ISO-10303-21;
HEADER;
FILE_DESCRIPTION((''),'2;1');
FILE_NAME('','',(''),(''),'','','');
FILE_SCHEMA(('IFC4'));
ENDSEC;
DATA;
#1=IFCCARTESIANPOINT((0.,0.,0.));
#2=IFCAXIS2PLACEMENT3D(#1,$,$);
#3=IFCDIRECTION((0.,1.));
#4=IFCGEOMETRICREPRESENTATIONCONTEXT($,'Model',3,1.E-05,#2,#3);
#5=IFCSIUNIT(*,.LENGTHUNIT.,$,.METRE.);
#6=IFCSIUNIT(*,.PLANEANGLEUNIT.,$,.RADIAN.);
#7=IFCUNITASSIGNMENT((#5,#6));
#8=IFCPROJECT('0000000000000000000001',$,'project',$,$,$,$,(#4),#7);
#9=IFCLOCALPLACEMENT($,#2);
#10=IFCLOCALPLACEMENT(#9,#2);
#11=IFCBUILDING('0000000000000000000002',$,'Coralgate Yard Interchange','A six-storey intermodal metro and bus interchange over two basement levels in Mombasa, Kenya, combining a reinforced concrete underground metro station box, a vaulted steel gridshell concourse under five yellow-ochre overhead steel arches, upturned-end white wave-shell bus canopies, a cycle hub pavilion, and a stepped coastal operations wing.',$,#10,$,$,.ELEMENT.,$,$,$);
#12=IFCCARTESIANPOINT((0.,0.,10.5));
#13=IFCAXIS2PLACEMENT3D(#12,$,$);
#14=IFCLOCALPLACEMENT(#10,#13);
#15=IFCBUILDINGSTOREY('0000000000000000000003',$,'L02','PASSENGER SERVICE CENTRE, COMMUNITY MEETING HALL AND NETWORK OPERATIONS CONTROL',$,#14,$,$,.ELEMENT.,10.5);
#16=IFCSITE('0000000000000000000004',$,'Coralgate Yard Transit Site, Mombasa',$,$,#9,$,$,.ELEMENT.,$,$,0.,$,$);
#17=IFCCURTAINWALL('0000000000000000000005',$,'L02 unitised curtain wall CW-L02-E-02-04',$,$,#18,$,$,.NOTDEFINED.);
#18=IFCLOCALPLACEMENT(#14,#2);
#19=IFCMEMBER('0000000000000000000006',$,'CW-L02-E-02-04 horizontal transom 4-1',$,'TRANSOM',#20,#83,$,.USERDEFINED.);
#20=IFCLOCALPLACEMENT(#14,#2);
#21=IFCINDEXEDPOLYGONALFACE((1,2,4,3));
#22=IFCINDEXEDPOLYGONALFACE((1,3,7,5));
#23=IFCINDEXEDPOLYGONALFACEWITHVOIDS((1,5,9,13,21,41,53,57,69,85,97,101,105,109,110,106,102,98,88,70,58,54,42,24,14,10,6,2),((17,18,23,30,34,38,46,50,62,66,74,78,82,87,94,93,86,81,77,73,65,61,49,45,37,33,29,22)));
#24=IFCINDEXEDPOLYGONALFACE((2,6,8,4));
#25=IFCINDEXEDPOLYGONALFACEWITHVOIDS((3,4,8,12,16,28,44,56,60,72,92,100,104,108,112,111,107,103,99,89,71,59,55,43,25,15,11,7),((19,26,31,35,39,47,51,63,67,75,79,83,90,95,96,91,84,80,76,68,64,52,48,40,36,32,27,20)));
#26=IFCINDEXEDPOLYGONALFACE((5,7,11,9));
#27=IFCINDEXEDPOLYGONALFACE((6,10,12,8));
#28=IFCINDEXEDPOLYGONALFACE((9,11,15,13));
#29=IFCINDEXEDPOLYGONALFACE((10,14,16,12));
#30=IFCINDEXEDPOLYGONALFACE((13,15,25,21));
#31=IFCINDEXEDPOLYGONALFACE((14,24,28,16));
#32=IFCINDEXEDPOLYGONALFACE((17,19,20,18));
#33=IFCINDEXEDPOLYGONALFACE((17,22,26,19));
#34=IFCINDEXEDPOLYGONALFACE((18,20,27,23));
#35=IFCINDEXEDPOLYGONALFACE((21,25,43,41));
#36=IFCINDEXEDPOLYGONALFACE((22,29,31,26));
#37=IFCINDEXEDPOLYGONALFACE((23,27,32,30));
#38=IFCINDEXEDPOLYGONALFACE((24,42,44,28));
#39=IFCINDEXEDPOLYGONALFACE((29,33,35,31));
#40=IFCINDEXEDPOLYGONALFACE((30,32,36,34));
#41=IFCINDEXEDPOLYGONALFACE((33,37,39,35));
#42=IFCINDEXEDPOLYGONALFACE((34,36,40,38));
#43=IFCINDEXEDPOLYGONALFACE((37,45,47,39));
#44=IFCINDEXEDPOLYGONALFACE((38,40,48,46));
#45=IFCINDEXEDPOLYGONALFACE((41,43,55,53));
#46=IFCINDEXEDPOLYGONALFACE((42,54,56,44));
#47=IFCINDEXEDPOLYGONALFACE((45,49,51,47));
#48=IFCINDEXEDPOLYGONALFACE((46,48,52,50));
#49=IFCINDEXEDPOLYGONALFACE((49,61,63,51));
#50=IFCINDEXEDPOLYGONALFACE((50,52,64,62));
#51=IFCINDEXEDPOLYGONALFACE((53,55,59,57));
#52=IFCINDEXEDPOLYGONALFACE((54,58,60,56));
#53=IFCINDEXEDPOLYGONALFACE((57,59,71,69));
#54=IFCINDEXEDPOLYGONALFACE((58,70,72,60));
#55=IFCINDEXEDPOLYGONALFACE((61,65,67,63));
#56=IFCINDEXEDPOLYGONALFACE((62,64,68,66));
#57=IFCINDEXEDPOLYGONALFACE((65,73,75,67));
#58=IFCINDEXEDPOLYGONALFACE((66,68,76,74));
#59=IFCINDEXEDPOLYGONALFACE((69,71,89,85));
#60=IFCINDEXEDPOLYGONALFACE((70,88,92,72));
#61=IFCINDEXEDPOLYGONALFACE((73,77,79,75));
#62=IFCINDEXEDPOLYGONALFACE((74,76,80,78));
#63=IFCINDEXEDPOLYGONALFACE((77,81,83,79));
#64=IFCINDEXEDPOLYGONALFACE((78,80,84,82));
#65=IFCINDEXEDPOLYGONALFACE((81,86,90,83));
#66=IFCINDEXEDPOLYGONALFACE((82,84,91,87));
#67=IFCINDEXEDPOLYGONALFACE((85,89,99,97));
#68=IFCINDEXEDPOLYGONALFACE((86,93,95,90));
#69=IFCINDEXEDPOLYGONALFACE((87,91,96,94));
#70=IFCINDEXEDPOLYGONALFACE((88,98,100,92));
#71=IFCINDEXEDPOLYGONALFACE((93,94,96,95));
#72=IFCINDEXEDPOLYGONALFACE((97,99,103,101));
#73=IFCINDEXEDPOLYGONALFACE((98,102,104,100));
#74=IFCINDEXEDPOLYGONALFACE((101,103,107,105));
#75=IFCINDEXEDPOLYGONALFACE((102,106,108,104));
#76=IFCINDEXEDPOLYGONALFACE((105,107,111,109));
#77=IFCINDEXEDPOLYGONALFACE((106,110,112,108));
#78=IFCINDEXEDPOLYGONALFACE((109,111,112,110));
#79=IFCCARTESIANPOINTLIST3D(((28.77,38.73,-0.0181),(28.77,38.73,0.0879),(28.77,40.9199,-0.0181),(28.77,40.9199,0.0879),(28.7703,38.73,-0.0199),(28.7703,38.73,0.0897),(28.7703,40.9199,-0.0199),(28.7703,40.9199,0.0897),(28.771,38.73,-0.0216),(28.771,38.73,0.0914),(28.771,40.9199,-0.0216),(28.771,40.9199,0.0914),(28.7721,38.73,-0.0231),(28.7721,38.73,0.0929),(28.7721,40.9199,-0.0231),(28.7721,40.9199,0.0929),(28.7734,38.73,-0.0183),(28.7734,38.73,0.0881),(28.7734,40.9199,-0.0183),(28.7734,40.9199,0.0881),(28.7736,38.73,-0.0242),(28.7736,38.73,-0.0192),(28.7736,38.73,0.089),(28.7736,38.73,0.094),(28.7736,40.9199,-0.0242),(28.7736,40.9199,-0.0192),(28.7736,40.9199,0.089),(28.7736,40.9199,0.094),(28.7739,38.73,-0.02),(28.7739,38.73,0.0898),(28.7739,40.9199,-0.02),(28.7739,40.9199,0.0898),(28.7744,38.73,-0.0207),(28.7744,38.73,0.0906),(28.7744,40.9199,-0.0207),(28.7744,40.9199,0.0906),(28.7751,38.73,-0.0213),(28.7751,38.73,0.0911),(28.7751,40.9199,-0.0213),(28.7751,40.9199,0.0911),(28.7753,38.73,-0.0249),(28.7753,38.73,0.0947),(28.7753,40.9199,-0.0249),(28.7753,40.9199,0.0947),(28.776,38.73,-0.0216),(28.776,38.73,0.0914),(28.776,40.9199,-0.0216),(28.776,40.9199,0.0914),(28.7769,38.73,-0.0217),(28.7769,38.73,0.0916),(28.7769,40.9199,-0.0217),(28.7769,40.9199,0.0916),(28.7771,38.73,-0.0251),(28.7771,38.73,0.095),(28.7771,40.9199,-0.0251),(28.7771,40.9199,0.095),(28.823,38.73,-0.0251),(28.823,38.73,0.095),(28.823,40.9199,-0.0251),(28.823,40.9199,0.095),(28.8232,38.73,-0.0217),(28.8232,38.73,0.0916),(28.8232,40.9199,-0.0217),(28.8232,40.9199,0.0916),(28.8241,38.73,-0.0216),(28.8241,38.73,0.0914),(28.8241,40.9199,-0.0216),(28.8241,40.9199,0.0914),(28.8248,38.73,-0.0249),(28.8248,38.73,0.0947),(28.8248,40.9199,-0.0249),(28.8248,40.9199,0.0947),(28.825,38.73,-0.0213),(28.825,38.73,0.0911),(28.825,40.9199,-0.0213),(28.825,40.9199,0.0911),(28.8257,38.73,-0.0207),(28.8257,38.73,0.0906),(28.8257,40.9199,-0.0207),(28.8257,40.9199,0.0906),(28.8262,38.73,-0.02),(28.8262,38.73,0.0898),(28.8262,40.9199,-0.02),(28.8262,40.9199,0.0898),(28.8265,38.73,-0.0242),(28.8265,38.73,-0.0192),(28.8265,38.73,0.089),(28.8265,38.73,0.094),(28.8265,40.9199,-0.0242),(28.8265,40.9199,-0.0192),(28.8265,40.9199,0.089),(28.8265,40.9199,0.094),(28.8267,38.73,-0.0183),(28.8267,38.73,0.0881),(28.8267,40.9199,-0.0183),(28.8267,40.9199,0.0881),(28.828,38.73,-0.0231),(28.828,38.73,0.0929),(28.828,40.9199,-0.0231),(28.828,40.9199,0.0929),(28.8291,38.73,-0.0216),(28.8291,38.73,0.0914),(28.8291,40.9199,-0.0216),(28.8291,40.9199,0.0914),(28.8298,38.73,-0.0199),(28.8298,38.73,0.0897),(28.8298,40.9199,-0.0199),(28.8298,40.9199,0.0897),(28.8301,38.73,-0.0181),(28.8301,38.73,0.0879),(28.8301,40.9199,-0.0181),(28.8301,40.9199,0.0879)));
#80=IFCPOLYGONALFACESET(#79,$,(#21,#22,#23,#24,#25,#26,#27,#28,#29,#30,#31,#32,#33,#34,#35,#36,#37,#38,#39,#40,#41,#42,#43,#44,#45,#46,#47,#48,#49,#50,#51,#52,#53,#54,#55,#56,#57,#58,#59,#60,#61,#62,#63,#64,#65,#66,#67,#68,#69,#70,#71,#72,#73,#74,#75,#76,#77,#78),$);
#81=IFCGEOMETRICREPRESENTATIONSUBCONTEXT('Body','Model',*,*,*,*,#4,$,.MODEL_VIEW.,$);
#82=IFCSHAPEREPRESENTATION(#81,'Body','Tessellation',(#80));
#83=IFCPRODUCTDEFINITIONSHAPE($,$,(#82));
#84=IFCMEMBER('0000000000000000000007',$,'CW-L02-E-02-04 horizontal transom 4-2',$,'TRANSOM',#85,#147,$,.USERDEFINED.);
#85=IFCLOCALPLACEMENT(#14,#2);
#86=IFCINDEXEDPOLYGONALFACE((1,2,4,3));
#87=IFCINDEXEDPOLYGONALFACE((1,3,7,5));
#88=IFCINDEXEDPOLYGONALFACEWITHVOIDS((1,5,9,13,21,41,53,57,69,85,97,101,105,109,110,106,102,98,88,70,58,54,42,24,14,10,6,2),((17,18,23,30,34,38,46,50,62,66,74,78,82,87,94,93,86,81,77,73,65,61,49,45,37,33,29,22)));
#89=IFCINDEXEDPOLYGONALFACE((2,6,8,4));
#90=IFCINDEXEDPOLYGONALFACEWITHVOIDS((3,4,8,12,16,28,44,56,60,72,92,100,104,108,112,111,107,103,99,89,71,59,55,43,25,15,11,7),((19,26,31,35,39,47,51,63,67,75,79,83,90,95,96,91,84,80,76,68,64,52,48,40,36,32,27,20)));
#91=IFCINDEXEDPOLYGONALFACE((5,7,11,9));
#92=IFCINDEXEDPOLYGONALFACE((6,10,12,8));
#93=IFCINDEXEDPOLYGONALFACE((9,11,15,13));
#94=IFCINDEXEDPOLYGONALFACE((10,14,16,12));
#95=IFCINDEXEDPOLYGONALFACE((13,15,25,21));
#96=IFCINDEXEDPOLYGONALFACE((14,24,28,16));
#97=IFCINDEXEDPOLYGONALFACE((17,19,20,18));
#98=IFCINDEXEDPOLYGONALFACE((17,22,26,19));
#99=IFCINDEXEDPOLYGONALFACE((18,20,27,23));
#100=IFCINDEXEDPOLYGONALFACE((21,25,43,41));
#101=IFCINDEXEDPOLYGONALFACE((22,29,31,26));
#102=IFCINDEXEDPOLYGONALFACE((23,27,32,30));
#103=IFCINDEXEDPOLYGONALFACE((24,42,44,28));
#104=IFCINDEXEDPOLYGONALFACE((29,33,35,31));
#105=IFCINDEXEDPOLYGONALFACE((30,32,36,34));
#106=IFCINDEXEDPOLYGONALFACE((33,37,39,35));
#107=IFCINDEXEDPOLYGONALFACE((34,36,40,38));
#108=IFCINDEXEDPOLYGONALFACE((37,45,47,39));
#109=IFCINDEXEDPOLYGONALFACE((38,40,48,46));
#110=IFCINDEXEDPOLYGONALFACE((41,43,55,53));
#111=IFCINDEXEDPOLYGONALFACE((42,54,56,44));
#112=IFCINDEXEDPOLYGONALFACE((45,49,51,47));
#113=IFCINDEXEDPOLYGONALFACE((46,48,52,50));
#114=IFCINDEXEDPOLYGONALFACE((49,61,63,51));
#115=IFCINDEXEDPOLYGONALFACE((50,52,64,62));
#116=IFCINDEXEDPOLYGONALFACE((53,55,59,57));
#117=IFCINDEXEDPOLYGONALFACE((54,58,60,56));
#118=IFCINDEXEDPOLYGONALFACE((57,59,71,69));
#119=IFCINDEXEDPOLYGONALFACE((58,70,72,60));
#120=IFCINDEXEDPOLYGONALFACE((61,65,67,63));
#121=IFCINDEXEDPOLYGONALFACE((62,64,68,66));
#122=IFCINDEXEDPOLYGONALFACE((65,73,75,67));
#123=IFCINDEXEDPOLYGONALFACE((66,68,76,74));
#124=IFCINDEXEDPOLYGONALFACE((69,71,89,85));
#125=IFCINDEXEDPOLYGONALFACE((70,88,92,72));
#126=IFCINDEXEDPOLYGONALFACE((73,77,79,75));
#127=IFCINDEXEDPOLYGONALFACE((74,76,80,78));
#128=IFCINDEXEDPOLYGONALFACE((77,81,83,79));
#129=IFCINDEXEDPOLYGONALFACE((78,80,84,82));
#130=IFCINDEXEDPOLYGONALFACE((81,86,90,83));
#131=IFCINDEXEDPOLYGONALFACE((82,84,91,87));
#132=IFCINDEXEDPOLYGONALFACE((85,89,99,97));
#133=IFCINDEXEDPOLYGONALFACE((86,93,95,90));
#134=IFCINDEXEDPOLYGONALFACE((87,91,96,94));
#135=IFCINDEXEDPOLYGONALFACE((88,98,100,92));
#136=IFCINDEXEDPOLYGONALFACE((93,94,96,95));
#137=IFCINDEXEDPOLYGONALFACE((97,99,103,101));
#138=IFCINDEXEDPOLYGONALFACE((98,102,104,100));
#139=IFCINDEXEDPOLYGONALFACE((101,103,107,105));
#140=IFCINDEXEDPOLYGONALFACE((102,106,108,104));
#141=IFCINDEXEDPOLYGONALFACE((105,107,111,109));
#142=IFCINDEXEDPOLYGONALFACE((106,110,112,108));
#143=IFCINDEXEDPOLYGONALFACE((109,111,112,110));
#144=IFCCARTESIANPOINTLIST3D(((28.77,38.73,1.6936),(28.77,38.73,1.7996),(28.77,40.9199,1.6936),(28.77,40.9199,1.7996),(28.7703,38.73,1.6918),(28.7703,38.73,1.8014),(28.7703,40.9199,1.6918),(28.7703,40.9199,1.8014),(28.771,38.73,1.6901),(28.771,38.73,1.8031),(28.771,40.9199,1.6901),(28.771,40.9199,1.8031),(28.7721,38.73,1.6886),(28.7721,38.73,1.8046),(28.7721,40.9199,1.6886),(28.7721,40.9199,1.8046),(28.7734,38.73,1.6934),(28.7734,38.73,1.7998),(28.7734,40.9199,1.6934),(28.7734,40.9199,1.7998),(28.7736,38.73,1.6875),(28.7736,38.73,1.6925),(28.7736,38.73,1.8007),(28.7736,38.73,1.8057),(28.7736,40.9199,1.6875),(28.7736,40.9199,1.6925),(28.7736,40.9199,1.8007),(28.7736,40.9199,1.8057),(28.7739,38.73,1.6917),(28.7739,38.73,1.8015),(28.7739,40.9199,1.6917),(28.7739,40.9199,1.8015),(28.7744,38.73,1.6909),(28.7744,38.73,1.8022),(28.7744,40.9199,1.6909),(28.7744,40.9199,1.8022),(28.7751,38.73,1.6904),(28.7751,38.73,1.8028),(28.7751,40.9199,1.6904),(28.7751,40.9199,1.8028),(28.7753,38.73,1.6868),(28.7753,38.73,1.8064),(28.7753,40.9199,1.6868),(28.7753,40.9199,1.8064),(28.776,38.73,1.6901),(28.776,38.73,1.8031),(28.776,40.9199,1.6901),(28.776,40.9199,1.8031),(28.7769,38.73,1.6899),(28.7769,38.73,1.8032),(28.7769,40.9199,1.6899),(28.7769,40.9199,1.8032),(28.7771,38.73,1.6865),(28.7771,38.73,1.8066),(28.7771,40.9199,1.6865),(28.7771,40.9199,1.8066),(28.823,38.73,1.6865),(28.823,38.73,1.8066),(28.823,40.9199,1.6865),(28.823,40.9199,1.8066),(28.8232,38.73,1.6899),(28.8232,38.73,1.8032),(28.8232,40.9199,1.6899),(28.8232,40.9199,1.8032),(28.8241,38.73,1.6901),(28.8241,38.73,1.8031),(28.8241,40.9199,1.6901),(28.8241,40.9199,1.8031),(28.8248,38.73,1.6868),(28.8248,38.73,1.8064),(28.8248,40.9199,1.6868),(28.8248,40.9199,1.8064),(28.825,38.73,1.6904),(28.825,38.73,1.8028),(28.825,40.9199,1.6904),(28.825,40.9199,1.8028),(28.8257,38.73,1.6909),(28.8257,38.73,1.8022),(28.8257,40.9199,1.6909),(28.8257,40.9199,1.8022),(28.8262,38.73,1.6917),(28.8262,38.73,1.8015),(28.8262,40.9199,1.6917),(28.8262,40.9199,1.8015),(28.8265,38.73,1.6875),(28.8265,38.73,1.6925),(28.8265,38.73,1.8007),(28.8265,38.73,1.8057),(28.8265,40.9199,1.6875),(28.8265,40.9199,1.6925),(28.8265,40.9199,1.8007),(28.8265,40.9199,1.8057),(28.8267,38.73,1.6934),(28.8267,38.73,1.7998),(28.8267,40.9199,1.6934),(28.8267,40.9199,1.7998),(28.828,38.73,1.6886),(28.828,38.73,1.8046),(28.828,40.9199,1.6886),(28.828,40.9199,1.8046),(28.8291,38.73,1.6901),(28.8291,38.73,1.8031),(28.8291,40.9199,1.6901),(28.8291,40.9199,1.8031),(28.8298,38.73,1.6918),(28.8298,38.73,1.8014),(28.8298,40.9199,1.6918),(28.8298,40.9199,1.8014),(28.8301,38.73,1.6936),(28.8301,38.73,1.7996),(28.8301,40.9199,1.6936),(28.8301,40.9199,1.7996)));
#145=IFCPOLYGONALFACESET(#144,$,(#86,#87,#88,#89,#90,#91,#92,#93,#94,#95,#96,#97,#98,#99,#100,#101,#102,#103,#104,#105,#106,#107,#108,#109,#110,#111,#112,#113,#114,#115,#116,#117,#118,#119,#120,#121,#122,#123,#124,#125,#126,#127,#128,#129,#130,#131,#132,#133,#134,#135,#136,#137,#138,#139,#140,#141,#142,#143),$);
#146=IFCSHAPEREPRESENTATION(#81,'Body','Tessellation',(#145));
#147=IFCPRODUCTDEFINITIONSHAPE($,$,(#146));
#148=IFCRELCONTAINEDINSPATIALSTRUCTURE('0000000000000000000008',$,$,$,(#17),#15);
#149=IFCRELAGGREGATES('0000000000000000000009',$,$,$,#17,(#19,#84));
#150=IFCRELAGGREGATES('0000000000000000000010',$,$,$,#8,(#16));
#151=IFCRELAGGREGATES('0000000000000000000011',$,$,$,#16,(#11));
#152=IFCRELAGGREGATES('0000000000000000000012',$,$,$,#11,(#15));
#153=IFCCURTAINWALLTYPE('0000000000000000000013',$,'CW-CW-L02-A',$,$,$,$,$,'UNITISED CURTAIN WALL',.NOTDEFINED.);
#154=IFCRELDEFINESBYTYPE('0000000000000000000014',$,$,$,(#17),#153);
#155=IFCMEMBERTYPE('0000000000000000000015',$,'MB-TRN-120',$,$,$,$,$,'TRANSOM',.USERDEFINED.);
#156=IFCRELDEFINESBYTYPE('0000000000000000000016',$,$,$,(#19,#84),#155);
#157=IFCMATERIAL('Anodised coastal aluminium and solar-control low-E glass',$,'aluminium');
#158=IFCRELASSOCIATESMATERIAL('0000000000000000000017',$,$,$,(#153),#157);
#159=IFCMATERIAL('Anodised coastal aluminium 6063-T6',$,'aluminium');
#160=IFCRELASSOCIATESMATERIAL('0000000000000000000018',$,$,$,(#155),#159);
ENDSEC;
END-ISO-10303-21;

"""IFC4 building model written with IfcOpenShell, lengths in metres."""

from ifc_helpers import new_model, si_unit, direction, frame, origin, origin_2d, place, context, subcontext, project, spatial, hollow_rectangle, extrude, material, material_profile, profile_set, type_object, element, aggregate, save


model = new_model("IFC4")

# Units and contexts
model_context = context("Model", 3, precision=1e-05, world=origin(), true_north=direction((0.0, 1.0)))
body_context = subcontext(model_context, "Body", "Model", "MODEL_VIEW")
ifc_project = project(units=[si_unit("LENGTHUNIT", "METRE"), si_unit("PLANEANGLEUNIT", "RADIAN")], contexts=[model_context])

# Site, building, storey
site_placement = place(None, origin())
site = spatial("IfcSite", under=ifc_project, at=site_placement, Name="Coralgate Yard Transit Site, Mombasa", CompositionType="ELEMENT", RefElevation=0.0)
building_placement = place(site_placement, origin())
building = spatial("IfcBuilding", under=site, at=building_placement, Name="Coralgate Yard Interchange", Description="A six-storey intermodal metro and bus interchange over two basement levels in Mombasa, Kenya, combining a reinforced concrete underground metro station box, a vaulted steel gridshell concourse under five yellow-ochre overhead steel arches, upturned-end white wave-shell bus canopies, a cycle hub pavilion, and a stepped coastal operations wing.", CompositionType="ELEMENT")
storey_placement = place(building_placement, frame((0.0, 0.0, 10.5)))
storey = spatial("IfcBuildingStorey", under=building, at=storey_placement, Name="L02", Description="PASSENGER SERVICE CENTRE, COMMUNITY MEETING HALL AND NETWORK OPERATIONS CONTROL", CompositionType="ELEMENT", Elevation=10.5)

# Curtain wall
ifc_material_1 = material(Name="Anodised coastal aluminium and solar-control low-E glass", Category="aluminium")
curtain_wall_type_1 = type_object("IfcCurtainWallType", Name="CW-CW-L02-A", ElementType="UNITISED CURTAIN WALL", PredefinedType="NOTDEFINED", material=ifc_material_1)
curtain_wall_1_placement = place(storey_placement, origin())
curtain_wall_1 = element("IfcCurtainWall", 1, at=curtain_wall_1_placement, inside=storey, type_object=curtain_wall_type_1, Name="L02 unitised curtain wall CW-L02-E-02-04", PredefinedType="NOTDEFINED")
ifc_material_2 = material(Name="Anodised coastal aluminium 6063-T6", Category="aluminium")

# Members
ifc_material_profile_1 = material_profile(ifc_material_2, hollow_rectangle(XDim=0.0601, YDim=0.1201, WallThickness=0.0034, InnerFilletRadius=0.0034, OuterFilletRadius=0.0071, at=origin_2d()), Name="ALU 60x120x3.5")
ifc_profile_set_1 = profile_set([ifc_material_profile_1], Name="Anodised coastal aluminium 6063-T6")
member_type_1 = type_object("IfcMemberType", Name="MB-TRN-120", ElementType="TRANSOM", PredefinedType="USERDEFINED", material=ifc_profile_set_1)
member_1_placement = place(storey_placement, frame((28.8, 40.9199, 0.0349), z_axis=(0.0, -1.0, 0.0), x_axis=(1.0, 0.0, 0.0)))
member_1 = element("IfcMember", 2, at=member_1_placement, type_object=member_type_1, Name="CW-L02-E-02-04 horizontal transom 4-1", ObjectType="TRANSOM", PredefinedType="USERDEFINED", context=body_context, shape_type="SweptSolid", body=[
    extrude(hollow_rectangle(XDim=0.0601, YDim=0.1201, WallThickness=0.0034, InnerFilletRadius=0.0034, OuterFilletRadius=0.0071, at=origin_2d()), origin(), (0.0, 0.0, 1.0), 2.1899),
])
member_2_placement = place(storey_placement, frame((28.8, 40.9199, 1.7466), z_axis=(0.0, -1.0, 0.0), x_axis=(1.0, 0.0, 0.0)))
member_2 = element("IfcMember", 3, at=member_2_placement, type_object=member_type_1, Name="CW-L02-E-02-04 horizontal transom 4-2", ObjectType="TRANSOM", PredefinedType="USERDEFINED", context=body_context, shape_type="SweptSolid", body=[
    extrude(hollow_rectangle(XDim=0.0601, YDim=0.1201, WallThickness=0.0034, InnerFilletRadius=0.0034, OuterFilletRadius=0.0071, at=origin_2d()), origin(), (0.0, 0.0, 1.0), 2.1899),
])

aggregate(curtain_wall_1, [member_1, member_2])

save(model, "model.ifc")
